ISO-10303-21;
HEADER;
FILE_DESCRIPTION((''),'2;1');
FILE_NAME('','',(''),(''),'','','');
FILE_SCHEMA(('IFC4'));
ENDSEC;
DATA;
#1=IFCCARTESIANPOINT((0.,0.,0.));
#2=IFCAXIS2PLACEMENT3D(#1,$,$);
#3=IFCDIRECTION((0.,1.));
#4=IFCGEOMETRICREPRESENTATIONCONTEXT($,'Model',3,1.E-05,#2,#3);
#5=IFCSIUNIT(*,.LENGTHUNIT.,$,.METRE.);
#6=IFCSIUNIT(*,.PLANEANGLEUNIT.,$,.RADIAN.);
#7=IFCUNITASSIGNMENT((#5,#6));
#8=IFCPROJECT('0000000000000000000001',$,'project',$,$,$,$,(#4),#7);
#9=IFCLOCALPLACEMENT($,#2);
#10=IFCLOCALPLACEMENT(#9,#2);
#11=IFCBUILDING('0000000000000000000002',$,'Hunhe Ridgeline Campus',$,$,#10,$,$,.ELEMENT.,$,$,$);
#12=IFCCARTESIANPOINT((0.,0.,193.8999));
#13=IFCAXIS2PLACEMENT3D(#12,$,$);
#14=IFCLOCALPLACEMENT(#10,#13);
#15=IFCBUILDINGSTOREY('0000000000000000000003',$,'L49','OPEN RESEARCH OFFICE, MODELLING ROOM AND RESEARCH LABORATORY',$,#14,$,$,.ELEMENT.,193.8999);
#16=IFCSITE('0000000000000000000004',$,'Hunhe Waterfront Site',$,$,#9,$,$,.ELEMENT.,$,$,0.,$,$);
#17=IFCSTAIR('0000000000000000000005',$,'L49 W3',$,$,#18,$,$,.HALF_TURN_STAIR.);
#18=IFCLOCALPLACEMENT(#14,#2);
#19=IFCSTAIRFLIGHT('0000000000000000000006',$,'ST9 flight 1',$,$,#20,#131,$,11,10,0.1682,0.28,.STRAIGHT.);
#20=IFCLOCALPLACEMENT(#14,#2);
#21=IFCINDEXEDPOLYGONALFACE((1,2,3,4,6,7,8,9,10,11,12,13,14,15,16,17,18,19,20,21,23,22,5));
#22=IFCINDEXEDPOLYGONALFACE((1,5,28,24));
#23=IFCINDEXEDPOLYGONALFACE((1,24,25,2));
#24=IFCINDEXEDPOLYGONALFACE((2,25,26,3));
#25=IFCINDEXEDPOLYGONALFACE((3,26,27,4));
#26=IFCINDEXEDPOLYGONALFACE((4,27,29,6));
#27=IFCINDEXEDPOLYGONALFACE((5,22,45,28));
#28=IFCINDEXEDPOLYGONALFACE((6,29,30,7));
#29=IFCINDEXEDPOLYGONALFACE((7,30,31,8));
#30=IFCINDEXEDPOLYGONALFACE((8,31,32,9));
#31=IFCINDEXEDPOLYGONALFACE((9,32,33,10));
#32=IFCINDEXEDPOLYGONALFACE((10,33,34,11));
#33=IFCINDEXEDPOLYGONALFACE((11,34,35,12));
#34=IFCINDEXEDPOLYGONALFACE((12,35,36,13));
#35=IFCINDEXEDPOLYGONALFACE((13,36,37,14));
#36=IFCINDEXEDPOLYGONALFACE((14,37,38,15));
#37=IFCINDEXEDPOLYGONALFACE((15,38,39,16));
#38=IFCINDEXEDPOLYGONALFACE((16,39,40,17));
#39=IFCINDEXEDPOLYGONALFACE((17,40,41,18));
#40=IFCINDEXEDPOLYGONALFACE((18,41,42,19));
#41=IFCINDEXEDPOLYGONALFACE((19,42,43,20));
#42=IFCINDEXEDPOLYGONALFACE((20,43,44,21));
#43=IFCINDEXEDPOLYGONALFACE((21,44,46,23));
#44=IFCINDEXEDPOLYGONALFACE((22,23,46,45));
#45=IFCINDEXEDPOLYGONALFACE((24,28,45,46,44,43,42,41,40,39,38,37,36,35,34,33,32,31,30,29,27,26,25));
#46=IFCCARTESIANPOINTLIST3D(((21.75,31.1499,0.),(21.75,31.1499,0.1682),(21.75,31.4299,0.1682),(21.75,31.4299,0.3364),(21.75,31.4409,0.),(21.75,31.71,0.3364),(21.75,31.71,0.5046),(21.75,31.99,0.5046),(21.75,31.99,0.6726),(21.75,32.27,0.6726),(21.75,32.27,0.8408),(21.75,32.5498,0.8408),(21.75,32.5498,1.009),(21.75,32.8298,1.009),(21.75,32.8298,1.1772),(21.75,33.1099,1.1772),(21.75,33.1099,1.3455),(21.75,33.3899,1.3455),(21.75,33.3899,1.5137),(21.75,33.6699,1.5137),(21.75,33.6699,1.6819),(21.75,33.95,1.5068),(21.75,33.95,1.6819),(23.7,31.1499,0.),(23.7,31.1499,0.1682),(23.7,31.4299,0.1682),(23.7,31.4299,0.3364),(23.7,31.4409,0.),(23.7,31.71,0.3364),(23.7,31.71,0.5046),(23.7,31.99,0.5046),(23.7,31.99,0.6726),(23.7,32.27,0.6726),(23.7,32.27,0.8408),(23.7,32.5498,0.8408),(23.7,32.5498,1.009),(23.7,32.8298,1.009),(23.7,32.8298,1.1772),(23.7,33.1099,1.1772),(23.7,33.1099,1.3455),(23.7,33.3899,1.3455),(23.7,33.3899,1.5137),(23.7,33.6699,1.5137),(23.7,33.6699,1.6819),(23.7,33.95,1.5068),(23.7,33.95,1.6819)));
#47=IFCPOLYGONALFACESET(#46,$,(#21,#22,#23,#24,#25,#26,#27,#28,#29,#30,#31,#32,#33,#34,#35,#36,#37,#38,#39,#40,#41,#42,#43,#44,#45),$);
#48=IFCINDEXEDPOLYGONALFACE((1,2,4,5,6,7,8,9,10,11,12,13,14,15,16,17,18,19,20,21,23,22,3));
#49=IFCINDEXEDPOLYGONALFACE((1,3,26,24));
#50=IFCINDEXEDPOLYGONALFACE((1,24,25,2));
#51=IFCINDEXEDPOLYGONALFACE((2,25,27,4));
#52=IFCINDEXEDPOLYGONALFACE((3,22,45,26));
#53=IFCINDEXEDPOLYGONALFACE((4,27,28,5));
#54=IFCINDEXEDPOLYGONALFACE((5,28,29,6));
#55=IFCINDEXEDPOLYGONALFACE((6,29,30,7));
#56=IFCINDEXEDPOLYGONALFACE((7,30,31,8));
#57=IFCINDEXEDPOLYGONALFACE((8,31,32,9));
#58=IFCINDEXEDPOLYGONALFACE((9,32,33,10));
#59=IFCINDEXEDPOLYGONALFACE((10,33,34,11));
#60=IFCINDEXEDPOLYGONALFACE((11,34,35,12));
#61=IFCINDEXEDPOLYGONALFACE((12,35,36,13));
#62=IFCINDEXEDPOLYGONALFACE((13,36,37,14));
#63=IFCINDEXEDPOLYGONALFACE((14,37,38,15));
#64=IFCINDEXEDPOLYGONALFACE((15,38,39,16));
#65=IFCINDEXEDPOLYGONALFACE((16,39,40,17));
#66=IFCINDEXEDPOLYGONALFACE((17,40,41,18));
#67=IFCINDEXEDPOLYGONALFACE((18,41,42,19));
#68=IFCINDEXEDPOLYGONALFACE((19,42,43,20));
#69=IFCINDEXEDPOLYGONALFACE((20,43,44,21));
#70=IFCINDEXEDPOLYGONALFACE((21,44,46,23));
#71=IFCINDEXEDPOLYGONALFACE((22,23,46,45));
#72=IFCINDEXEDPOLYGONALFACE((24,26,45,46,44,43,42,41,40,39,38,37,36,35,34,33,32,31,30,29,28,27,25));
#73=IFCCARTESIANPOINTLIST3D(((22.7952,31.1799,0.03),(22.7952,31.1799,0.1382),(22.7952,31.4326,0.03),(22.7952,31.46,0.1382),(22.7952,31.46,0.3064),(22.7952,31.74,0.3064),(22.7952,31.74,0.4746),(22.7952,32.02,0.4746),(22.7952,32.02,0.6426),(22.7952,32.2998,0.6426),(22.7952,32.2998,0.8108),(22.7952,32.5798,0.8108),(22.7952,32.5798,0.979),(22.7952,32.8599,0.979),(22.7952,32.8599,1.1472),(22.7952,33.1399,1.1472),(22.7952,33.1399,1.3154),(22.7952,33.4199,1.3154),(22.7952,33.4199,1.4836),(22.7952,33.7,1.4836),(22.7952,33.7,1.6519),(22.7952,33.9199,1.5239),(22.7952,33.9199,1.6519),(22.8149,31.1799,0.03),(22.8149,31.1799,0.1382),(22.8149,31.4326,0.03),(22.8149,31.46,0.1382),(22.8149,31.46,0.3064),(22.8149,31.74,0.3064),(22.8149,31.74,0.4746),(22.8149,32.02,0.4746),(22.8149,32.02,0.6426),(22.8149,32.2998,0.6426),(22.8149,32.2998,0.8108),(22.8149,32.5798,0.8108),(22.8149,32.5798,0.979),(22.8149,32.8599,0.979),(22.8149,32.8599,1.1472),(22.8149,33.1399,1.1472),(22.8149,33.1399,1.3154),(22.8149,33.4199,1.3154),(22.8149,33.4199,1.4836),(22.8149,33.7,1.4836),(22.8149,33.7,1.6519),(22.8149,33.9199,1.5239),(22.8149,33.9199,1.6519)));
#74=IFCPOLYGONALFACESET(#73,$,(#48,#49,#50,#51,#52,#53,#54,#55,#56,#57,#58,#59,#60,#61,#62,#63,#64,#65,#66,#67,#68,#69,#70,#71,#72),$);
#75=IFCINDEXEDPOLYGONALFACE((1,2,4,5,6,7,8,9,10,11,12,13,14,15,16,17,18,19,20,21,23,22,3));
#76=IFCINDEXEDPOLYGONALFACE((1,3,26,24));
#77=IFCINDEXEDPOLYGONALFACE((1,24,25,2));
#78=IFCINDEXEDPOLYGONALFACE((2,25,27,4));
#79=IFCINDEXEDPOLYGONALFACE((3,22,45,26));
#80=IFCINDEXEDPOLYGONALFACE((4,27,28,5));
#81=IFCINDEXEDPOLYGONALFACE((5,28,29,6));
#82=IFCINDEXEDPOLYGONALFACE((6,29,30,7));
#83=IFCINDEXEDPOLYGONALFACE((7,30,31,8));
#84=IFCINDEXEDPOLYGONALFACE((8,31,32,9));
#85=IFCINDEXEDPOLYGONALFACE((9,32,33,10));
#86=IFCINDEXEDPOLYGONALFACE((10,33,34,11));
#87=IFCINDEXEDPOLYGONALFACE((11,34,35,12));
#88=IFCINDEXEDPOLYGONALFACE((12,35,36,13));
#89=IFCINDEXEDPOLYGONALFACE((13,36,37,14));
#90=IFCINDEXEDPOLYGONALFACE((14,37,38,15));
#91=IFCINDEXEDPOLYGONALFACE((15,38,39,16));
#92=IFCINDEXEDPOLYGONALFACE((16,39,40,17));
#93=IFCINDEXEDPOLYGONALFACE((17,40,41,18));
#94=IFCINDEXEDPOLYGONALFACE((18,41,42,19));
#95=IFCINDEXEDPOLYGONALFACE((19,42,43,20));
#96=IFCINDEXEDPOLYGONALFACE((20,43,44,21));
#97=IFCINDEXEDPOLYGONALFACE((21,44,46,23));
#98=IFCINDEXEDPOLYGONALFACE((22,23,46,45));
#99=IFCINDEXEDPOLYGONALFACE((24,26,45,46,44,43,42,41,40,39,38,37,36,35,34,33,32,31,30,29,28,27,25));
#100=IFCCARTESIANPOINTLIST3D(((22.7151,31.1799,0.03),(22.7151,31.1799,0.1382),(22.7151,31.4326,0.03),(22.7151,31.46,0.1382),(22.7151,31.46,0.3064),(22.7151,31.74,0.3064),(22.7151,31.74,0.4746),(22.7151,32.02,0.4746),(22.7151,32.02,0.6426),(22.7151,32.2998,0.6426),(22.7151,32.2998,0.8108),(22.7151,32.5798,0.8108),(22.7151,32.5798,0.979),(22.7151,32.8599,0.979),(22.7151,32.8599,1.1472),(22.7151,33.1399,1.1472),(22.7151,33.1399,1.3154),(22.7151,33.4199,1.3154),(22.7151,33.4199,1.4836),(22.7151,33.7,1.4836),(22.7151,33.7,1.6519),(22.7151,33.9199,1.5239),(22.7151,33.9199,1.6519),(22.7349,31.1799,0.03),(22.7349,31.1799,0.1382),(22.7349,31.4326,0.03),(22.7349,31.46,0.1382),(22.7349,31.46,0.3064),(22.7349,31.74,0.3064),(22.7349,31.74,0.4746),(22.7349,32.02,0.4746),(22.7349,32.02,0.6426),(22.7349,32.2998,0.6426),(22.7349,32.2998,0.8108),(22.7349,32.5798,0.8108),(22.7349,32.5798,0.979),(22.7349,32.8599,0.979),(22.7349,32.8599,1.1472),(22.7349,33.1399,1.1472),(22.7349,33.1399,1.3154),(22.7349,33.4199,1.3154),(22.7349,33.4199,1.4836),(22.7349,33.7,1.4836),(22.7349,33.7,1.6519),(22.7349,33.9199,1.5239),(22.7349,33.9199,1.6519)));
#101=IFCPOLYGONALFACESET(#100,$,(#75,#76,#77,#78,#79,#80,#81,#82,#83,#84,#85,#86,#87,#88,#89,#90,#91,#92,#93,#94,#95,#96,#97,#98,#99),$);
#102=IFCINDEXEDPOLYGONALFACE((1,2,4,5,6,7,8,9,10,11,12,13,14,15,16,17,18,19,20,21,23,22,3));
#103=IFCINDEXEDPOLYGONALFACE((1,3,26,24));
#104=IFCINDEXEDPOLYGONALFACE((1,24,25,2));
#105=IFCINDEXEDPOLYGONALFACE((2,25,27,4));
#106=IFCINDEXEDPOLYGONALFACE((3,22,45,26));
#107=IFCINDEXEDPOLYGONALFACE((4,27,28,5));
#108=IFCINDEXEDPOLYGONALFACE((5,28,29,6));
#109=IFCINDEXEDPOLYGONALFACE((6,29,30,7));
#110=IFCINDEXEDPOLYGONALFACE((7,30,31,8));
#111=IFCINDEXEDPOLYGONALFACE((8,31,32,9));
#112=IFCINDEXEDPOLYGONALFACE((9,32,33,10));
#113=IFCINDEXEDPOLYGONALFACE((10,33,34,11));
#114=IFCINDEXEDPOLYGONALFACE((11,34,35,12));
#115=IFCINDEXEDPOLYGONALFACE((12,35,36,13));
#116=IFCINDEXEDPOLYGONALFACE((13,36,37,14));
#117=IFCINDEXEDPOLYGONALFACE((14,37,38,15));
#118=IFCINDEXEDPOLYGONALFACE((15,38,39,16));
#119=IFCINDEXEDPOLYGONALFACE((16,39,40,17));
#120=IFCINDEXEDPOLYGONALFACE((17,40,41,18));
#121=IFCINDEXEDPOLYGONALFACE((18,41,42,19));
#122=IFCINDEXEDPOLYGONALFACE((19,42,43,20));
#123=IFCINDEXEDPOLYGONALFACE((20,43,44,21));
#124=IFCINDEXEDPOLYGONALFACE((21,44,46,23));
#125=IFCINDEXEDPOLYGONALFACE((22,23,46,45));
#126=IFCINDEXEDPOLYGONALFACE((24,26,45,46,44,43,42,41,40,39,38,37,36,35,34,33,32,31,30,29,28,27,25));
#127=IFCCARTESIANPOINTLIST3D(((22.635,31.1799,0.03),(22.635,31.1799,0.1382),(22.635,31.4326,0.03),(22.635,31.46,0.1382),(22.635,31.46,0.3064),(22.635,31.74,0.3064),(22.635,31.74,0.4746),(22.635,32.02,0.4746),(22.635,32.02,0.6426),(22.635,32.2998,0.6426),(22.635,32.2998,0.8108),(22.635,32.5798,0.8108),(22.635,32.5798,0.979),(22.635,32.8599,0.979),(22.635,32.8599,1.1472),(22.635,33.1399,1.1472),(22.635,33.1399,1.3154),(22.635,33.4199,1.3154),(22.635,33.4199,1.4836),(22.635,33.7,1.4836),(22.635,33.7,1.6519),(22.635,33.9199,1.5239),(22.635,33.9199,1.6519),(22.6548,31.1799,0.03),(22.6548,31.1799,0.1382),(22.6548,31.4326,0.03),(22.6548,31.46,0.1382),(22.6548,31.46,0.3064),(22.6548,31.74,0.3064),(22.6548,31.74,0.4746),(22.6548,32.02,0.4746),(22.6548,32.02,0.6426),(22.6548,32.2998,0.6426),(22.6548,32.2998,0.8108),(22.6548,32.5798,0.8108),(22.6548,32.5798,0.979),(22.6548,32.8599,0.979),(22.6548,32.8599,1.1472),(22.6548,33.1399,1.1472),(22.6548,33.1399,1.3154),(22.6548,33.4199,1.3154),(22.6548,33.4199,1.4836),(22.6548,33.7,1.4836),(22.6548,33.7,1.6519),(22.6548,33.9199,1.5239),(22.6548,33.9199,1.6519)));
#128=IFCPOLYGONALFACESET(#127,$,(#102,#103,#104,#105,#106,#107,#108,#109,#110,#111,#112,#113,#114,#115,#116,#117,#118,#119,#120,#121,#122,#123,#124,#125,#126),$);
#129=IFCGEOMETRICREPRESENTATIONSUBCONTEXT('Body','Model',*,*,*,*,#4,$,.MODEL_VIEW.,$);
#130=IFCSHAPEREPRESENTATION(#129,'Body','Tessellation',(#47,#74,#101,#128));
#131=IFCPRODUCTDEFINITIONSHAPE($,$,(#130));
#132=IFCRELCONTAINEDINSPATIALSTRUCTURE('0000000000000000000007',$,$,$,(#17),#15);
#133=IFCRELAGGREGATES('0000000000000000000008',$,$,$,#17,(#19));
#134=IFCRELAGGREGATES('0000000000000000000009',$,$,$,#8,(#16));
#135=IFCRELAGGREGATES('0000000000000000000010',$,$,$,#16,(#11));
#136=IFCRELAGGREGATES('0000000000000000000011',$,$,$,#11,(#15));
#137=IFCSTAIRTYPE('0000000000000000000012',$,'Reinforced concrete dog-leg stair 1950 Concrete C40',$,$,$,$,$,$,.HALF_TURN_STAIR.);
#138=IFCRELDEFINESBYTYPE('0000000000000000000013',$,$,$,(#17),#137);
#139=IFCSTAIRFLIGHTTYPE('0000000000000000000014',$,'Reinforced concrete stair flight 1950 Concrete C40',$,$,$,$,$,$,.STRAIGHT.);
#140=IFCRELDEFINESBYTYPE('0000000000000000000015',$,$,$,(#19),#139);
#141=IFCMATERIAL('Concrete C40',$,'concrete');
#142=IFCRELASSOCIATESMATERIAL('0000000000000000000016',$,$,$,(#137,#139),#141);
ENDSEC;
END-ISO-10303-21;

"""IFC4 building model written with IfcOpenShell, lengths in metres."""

from ifc_helpers import new_model, si_unit, direction, frame, origin, place, context, subcontext, project, spatial, polyline, outline, extrude, material, type_object, element, aggregate, save


model = new_model("IFC4")

# Units and contexts
model_context = context("Model", 3, precision=1e-05, world=origin(), true_north=direction((0.0, 1.0)))
body_context = subcontext(model_context, "Body", "Model", "MODEL_VIEW")
ifc_project = project(units=[si_unit("LENGTHUNIT", "METRE"), si_unit("PLANEANGLEUNIT", "RADIAN")], contexts=[model_context])

# Site, building, storey
site_placement = place(None, origin())
site = spatial("IfcSite", under=ifc_project, at=site_placement, Name="Hunhe Waterfront Site", CompositionType="ELEMENT", RefElevation=0.0)
building_placement = place(site_placement, origin())
building = spatial("IfcBuilding", under=site, at=building_placement, Name="Hunhe Ridgeline Campus", CompositionType="ELEMENT")
storey_placement = place(building_placement, frame((0.0, 0.0, 193.8999)))
storey = spatial("IfcBuildingStorey", under=building, at=storey_placement, Name="L49", Description="OPEN RESEARCH OFFICE, MODELLING ROOM AND RESEARCH LABORATORY", CompositionType="ELEMENT", Elevation=193.8999)

# Stair, stair flight
ifc_material_1 = material(Name="Concrete C40", Category="concrete")
stair_type = type_object("IfcStairType", Name="Reinforced concrete dog-leg stair 1950 Concrete C40", PredefinedType="HALF_TURN_STAIR", material=ifc_material_1)
stair_placement = place(storey_placement, origin())
stair = element("IfcStair", 1, at=stair_placement, inside=storey, type_object=stair_type, Name="L49 W3", PredefinedType="HALF_TURN_STAIR")
stair_flight_type = type_object("IfcStairFlightType", Name="Reinforced concrete stair flight 1950 Concrete C40", PredefinedType="STRAIGHT", material=ifc_material_1)
stair_flight_1_placement = place(storey_placement, frame((22.7251, 31.1499, 0.0), z_axis=(0.0, 0.0, 1.0), x_axis=(0.0, 1.0, 0.0)))
stair_flight_1 = element("IfcStairFlight", 2, at=stair_flight_1_placement, type_object=stair_flight_type, Name="ST9 flight 1", NumberOfRisers=11, NumberOfTreads=10, PredefinedType="STRAIGHT", RiserHeight=0.1682, TreadLength=0.28, context=body_context, shape_type="SweptSolid", body=[
    extrude(outline(polyline([(0.0, 0.0), (0.0, 0.1682), (0.28, 0.1682), (0.28, 0.3364), (0.5601, 0.3364), (0.5601, 0.5046), (0.8401, 0.5046), (0.8401, 0.6726), (1.1201, 0.6726), (1.1201, 0.8408), (1.3999, 0.8408), (1.3999, 1.009), (1.6799, 1.009), (1.6799, 1.1772), (1.96, 1.1772), (1.96, 1.3455), (2.24, 1.3455), (2.24, 1.5137), (2.52, 1.5137), (2.52, 1.6819), (2.8, 1.6819), (2.8, 1.8501), (2.8, 1.5068), (0.291, 0.0), (0.0, 0.0)])), frame((0.0, 0.9751, 0.0), z_axis=(0.0, -1.0, 0.0), x_axis=(1.0, 0.0, 0.0)), (0.0, 0.0, 1.0), 1.95),
    extrude(outline(polyline([(0.03, 0.03), (0.03, 0.1382), (0.3101, 0.1382), (0.3101, 0.3064), (0.5901, 0.3064), (0.5901, 0.4746), (0.8701, 0.4746), (0.8701, 0.6426), (1.1499, 0.6426), (1.1499, 0.8108), (1.4299, 0.8108), (1.4299, 0.979), (1.71, 0.979), (1.71, 1.1472), (1.99, 1.1472), (1.99, 1.3154), (2.27, 1.3154), (2.27, 1.4836), (2.55, 1.4836), (2.55, 1.6519), (2.77, 1.6519), (2.77, 1.5239), (0.2827, 0.03), (0.03, 0.03)])), frame((0.0, -0.0701, 0.0), z_axis=(0.0, -1.0, 0.0), x_axis=(1.0, 0.0, 0.0)), (0.0, 0.0, 1.0), 0.0198),
    extrude(outline(polyline([(0.03, 0.03), (0.03, 0.1382), (0.3101, 0.1382), (0.3101, 0.3064), (0.5901, 0.3064), (0.5901, 0.4746), (0.8701, 0.4746), (0.8701, 0.6426), (1.1499, 0.6426), (1.1499, 0.8108), (1.4299, 0.8108), (1.4299, 0.979), (1.71, 0.979), (1.71, 1.1472), (1.99, 1.1472), (1.99, 1.3154), (2.27, 1.3154), (2.27, 1.4836), (2.55, 1.4836), (2.55, 1.6519), (2.77, 1.6519), (2.77, 1.5239), (0.2827, 0.03), (0.03, 0.03)])), frame((0.0, 0.01, 0.0), z_axis=(0.0, -1.0, 0.0), x_axis=(1.0, 0.0, 0.0)), (0.0, 0.0, 1.0), 0.0198),
    extrude(outline(polyline([(0.03, 0.03), (0.03, 0.1382), (0.3101, 0.1382), (0.3101, 0.3064), (0.5901, 0.3064), (0.5901, 0.4746), (0.8701, 0.4746), (0.8701, 0.6426), (1.1499, 0.6426), (1.1499, 0.8108), (1.4299, 0.8108), (1.4299, 0.979), (1.71, 0.979), (1.71, 1.1472), (1.99, 1.1472), (1.99, 1.3154), (2.27, 1.3154), (2.27, 1.4836), (2.55, 1.4836), (2.55, 1.6519), (2.77, 1.6519), (2.77, 1.5239), (0.2827, 0.03), (0.03, 0.03)])), frame((0.0, 0.0901, 0.0), z_axis=(0.0, -1.0, 0.0), x_axis=(1.0, 0.0, 0.0)), (0.0, 0.0, 1.0), 0.0198),
])
aggregate(stair, [stair_flight_1])

save(model, "model.ifc")
